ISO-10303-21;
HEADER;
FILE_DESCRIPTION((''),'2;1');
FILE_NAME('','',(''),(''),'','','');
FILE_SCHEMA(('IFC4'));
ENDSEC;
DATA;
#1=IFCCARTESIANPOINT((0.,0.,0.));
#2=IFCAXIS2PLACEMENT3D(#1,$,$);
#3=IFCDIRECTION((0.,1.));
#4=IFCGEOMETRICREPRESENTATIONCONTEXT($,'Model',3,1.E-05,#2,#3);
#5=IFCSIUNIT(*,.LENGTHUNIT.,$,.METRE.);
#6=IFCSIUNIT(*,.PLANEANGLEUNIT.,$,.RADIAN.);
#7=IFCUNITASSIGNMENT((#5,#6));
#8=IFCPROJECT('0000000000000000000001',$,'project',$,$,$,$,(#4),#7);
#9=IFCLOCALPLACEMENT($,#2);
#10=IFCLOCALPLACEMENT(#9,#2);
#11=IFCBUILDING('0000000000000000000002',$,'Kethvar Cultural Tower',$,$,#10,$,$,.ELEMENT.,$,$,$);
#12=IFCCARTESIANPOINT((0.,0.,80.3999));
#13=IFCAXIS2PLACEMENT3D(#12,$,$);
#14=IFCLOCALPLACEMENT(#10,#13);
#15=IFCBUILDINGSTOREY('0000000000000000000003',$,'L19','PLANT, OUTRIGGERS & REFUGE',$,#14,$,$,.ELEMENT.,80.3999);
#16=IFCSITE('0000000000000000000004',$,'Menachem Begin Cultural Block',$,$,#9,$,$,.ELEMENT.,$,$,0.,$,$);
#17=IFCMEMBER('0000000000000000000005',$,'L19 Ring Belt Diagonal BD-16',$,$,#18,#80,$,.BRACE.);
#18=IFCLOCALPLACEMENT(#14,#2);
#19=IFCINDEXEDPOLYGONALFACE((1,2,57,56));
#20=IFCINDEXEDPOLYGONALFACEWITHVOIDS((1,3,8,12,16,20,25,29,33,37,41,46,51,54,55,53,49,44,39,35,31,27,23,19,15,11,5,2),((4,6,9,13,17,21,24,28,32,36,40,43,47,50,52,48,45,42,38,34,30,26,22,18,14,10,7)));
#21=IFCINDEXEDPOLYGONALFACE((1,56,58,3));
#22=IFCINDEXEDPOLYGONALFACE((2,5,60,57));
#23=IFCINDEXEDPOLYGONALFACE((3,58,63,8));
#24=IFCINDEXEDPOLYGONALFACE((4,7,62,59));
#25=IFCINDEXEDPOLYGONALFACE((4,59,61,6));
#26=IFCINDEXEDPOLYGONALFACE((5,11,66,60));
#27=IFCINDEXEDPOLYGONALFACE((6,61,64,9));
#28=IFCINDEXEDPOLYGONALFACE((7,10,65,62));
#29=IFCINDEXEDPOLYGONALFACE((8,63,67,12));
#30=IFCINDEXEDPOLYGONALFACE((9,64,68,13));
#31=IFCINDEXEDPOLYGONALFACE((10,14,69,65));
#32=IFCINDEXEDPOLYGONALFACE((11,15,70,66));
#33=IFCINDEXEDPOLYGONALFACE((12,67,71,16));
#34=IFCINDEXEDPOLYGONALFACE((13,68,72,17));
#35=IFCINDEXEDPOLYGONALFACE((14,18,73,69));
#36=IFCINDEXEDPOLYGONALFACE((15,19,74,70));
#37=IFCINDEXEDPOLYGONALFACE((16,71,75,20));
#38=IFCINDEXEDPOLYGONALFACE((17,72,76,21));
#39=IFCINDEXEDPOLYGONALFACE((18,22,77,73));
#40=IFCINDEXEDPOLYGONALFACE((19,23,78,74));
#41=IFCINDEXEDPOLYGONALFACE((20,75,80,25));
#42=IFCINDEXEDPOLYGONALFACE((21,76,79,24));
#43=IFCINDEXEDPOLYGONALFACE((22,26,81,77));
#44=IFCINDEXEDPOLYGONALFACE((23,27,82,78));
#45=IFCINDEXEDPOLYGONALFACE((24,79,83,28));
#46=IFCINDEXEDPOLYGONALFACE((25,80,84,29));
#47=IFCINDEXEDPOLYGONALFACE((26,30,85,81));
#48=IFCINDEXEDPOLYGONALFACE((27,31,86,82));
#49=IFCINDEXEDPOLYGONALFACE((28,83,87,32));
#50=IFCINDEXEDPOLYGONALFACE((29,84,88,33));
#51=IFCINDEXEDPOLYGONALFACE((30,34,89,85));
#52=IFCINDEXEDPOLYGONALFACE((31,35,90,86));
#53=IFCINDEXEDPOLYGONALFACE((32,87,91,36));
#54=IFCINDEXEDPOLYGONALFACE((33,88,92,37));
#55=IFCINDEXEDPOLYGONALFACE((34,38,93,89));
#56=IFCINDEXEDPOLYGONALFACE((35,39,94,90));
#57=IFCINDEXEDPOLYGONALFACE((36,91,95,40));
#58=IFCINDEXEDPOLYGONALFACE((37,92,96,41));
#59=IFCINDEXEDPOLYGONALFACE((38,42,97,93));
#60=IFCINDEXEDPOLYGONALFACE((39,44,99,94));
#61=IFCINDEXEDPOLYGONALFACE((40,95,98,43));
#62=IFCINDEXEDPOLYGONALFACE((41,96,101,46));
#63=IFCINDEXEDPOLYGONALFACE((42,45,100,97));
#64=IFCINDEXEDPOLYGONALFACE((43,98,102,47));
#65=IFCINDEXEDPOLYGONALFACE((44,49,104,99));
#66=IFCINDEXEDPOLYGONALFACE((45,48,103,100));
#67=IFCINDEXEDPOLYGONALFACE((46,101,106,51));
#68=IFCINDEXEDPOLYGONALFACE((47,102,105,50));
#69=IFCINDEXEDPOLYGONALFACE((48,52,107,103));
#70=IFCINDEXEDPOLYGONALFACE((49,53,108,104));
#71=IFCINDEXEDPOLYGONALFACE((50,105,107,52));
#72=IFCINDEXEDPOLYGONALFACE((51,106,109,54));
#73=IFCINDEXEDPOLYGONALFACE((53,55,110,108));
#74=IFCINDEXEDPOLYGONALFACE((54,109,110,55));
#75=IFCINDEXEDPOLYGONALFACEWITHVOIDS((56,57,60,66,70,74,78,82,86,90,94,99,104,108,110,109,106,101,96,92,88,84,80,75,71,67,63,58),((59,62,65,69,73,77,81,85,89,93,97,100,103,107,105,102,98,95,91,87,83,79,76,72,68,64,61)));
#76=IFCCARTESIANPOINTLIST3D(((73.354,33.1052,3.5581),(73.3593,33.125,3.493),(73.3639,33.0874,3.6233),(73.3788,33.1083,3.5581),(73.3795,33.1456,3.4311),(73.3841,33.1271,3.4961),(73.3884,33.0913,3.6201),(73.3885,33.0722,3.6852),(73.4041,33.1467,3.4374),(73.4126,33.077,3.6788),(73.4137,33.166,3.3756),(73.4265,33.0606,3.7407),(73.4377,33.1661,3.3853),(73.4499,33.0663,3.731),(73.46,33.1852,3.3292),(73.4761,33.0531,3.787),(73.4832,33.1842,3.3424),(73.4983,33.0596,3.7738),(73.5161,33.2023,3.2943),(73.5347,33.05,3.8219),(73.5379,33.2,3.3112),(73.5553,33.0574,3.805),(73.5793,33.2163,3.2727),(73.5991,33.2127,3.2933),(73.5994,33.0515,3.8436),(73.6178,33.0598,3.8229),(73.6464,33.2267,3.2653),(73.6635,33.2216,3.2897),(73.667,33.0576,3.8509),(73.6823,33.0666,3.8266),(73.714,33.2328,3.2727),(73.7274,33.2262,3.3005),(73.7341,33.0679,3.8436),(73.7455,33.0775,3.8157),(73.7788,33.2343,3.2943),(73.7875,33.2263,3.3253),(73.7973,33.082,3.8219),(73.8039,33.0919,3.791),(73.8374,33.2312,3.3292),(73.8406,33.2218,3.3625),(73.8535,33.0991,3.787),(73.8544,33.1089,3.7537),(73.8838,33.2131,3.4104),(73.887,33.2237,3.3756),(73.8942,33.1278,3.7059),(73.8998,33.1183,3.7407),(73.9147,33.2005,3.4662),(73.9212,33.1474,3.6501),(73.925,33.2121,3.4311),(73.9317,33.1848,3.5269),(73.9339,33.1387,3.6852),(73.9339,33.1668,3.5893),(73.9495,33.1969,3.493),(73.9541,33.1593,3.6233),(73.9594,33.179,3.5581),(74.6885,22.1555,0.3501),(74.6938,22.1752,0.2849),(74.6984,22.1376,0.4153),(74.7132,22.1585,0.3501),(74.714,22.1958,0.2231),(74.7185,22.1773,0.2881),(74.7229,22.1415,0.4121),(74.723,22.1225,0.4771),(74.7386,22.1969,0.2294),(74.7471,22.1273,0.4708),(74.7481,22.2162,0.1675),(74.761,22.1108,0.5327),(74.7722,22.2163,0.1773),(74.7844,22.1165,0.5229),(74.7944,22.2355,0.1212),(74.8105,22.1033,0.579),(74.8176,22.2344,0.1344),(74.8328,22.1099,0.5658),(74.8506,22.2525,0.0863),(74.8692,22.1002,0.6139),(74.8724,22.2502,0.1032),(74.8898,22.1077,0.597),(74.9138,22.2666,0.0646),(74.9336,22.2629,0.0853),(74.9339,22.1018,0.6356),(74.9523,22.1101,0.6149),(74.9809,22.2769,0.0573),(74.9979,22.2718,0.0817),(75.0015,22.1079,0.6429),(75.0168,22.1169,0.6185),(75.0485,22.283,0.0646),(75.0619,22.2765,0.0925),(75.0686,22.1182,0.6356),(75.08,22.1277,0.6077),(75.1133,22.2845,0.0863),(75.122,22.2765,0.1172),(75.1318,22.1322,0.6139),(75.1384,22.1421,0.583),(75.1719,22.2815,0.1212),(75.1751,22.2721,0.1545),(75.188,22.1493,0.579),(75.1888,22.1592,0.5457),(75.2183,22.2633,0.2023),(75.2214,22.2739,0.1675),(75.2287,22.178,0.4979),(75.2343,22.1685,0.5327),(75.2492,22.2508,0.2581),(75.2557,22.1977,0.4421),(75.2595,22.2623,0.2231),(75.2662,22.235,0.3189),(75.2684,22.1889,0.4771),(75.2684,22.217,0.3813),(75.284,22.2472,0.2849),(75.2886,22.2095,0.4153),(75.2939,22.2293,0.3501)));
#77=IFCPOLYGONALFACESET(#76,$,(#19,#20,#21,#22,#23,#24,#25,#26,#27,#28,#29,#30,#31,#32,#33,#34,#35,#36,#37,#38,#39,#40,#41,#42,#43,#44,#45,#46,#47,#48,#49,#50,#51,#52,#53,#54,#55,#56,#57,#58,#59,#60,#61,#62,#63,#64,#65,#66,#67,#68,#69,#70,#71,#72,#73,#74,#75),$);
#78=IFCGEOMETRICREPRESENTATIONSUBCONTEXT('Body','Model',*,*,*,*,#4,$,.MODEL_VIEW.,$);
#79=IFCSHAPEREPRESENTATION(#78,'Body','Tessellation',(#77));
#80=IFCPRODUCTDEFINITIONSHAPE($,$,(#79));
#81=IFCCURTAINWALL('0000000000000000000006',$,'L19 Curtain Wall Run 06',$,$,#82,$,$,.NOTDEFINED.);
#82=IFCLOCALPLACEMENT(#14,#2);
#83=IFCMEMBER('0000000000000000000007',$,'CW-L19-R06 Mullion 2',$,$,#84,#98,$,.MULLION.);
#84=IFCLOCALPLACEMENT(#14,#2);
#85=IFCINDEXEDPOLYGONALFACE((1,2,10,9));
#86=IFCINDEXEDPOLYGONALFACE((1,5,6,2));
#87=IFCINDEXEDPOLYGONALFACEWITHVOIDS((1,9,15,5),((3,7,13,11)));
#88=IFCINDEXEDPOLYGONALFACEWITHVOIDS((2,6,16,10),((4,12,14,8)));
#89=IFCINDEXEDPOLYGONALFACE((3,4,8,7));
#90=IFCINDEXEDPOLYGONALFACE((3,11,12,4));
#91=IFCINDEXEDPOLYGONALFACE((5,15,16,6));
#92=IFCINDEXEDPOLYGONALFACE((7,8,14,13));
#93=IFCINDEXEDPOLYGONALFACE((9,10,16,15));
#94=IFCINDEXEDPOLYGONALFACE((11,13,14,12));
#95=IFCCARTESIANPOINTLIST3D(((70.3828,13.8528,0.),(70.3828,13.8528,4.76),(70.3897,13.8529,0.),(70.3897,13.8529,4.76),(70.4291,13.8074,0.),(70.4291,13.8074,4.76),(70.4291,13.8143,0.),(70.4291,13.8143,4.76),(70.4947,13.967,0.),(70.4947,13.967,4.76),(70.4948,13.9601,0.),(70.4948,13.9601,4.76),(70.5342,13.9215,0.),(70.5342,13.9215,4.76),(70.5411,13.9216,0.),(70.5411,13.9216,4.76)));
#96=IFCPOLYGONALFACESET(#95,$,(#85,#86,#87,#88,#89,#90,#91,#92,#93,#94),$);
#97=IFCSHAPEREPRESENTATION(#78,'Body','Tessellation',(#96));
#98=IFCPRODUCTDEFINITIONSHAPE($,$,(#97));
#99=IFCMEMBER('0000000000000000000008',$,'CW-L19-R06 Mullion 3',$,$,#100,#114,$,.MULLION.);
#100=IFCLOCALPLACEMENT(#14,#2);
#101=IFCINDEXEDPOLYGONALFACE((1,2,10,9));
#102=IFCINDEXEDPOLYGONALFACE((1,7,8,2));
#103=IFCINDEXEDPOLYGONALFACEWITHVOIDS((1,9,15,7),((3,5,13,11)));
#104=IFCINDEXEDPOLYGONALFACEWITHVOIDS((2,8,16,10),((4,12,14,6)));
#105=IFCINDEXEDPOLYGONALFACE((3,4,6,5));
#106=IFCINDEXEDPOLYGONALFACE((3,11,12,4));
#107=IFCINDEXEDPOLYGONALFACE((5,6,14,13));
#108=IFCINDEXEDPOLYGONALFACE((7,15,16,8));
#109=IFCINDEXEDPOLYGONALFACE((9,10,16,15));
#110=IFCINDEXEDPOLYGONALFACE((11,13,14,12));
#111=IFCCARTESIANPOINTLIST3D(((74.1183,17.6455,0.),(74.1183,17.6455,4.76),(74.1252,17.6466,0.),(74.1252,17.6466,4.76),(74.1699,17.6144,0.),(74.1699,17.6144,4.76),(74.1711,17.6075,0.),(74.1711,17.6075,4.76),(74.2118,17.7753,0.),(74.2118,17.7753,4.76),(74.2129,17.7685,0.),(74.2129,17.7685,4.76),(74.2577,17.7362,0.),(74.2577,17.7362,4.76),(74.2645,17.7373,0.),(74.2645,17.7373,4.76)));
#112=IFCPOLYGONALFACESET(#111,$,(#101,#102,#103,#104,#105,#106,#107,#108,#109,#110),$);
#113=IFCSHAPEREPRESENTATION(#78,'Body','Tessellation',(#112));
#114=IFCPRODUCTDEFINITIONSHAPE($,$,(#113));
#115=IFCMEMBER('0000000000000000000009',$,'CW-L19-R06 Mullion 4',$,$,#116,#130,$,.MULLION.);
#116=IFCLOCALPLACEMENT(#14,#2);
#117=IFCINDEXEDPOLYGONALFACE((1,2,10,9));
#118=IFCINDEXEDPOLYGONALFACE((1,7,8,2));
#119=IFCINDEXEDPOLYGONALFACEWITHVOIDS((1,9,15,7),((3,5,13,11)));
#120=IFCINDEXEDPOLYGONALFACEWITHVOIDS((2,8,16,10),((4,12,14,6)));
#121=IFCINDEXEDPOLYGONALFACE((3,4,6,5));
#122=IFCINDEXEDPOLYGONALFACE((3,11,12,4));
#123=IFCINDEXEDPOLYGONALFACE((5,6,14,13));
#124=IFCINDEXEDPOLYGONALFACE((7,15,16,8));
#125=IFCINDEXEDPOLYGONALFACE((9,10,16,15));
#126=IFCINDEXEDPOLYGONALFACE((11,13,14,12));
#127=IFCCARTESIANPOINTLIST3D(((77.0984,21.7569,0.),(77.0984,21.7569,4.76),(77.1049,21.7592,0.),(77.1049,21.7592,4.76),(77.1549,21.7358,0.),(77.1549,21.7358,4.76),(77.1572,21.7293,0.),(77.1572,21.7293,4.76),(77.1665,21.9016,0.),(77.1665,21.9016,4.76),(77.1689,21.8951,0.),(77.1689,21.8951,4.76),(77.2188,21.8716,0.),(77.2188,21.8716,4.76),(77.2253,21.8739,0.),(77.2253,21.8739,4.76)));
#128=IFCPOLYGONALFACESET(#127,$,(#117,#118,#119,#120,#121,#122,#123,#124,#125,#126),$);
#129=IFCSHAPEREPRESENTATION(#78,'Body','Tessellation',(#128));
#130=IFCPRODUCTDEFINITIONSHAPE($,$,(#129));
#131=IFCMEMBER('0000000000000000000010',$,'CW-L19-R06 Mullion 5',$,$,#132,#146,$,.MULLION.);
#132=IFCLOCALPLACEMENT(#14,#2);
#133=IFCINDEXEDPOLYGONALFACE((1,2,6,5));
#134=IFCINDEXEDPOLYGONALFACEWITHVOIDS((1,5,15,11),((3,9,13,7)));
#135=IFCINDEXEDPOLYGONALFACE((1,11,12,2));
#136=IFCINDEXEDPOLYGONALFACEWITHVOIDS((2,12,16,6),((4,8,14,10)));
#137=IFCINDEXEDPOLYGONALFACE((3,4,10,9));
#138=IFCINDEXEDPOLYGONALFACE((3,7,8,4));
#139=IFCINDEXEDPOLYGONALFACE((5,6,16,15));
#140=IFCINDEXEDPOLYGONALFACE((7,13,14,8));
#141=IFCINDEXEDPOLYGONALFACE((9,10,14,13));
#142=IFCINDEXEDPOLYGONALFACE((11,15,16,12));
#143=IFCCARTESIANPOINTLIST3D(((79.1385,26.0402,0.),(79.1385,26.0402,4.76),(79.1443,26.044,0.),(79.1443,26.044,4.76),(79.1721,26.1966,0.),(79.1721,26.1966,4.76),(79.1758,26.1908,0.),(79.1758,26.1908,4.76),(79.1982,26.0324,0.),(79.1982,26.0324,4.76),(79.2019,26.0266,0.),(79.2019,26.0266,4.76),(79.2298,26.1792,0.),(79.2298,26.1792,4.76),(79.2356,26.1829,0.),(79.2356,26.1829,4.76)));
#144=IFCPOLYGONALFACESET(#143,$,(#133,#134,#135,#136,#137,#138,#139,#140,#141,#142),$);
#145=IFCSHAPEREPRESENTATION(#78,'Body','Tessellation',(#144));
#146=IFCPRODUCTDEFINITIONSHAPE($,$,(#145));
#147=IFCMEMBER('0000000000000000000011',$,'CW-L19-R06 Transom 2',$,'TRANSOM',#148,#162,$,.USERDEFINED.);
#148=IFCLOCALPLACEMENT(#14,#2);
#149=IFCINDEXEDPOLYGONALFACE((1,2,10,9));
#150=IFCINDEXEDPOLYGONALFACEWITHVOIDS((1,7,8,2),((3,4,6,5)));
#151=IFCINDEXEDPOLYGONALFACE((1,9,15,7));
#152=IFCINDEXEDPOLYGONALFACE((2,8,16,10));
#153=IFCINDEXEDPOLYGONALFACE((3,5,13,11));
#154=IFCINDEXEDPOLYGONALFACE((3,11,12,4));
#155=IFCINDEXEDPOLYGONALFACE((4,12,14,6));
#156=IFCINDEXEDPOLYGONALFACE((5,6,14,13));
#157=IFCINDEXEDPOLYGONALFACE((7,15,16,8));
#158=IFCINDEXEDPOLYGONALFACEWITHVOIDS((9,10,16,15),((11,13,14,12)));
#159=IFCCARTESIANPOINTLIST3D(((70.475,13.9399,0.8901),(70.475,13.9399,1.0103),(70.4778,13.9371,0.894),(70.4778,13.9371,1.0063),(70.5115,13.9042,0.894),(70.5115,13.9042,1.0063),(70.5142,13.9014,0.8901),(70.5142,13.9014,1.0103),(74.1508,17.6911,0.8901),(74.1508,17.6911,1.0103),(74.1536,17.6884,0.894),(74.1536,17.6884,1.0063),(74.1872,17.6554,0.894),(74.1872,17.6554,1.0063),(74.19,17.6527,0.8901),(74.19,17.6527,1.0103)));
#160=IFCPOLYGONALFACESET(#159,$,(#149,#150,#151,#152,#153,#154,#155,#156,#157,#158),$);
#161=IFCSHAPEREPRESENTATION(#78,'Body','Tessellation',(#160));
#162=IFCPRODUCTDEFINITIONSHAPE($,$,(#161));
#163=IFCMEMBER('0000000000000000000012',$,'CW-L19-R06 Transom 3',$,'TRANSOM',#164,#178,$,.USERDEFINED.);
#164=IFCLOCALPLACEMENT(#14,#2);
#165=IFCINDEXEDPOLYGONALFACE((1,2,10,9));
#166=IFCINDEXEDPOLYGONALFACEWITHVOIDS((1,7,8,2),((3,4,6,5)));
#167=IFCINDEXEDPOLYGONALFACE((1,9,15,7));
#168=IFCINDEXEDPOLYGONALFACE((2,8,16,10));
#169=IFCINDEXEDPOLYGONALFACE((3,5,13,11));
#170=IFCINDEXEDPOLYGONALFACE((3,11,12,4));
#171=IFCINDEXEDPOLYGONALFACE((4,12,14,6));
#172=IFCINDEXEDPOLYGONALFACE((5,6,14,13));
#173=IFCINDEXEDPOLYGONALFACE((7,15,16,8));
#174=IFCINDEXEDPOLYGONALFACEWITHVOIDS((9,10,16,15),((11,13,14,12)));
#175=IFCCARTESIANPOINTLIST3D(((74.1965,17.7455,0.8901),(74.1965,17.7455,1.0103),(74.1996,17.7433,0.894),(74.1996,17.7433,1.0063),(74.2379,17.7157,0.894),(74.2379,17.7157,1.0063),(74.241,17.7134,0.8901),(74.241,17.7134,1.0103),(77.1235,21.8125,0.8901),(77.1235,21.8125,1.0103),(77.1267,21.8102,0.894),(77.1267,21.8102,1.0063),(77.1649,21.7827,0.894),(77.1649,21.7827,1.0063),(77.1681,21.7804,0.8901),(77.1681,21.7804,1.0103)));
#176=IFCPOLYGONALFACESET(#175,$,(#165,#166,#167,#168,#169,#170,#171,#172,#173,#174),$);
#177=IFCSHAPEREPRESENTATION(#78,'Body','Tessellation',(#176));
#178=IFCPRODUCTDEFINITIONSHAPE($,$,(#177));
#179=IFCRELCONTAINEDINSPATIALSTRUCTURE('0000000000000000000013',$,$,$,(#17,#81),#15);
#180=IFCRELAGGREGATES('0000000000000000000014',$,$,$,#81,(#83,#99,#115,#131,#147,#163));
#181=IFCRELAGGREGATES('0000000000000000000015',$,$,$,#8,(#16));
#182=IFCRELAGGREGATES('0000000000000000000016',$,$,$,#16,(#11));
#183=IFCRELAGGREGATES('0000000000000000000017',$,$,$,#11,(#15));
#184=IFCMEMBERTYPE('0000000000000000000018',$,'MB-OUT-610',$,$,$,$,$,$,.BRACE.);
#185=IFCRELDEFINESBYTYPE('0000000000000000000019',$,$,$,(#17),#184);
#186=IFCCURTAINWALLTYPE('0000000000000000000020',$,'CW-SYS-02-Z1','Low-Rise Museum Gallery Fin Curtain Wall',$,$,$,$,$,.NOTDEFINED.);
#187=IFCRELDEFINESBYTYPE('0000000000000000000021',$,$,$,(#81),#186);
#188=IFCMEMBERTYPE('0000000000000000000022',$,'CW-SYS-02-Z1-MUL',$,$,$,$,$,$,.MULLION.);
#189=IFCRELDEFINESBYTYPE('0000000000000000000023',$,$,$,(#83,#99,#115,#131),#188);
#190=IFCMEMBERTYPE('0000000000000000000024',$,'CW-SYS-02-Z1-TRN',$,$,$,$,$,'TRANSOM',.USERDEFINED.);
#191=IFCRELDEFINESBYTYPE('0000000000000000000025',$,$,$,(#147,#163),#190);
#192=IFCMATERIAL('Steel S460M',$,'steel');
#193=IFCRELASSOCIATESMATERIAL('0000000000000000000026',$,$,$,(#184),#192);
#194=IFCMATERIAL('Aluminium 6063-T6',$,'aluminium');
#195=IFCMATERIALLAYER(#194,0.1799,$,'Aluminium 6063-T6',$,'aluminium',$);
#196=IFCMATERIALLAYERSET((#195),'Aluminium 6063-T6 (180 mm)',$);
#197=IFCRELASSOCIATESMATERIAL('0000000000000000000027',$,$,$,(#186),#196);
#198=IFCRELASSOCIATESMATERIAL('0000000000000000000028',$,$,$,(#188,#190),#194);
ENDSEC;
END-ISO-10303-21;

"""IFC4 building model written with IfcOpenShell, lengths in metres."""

from ifc_helpers import new_model, si_unit, direction, frame, origin, origin_2d, place, context, subcontext, project, spatial, hollow_rectangle, hollow_circle, extrude, source, transform, mapped, material, layer, layer_set, material_profile, profile_set, type_object, element, aggregate, save


model = new_model("IFC4")

# Units and contexts
model_context = context("Model", 3, precision=1e-05, world=origin(), true_north=direction((0.0, 1.0)))
body_context = subcontext(model_context, "Body", "Model", "MODEL_VIEW")
ifc_project = project(units=[si_unit("LENGTHUNIT", "METRE"), si_unit("PLANEANGLEUNIT", "RADIAN")], contexts=[model_context])

# Site, building, storey
site_placement = place(None, origin())
site = spatial("IfcSite", under=ifc_project, at=site_placement, Name="Menachem Begin Cultural Block", CompositionType="ELEMENT", RefElevation=0.0)
building_placement = place(site_placement, origin())
building = spatial("IfcBuilding", under=site, at=building_placement, Name="Kethvar Cultural Tower", CompositionType="ELEMENT")
storey_placement = place(building_placement, frame((0.0, 0.0, 80.3999)))
storey = spatial("IfcBuildingStorey", under=building, at=storey_placement, Name="L19", Description="PLANT, OUTRIGGERS & REFUGE", CompositionType="ELEMENT", Elevation=80.3999)

# Shared definitions
ifc_material_1 = material(Name="Steel S460M", Category="steel")

# Shared definitions
ifc_material_profile_1 = material_profile(ifc_material_1, hollow_circle(Radius=0.3049, WallThickness=0.0249, at=origin_2d()), Name="Steel S460M — CHS610x25")
ifc_profile_set_1 = profile_set([ifc_material_profile_1], Name="Steel S460M — CHS610x25")
member_type_1 = type_object("IfcMemberType", Name="MB-OUT-610", PredefinedType="BRACE", material=ifc_profile_set_1)

# Member
shared_shape_1 = source(origin(), body_context, "Body", "SweptSolid", [
    extrude(hollow_circle(Radius=0.3049, WallThickness=0.0249, at=origin_2d()), origin(), (0.0, 0.0, 1.0), 11.4878),
])
member_1_placement = place(storey_placement, frame((74.9912, 22.1924, 0.3501), z_axis=(-0.116165, 0.953164, 0.279255), x_axis=(-0.992655, -0.120978, 0.0)))
element("IfcMember", 1, at=member_1_placement, inside=storey, type_object=member_type_1, Name="L19 Ring Belt Diagonal BD-16", PredefinedType="BRACE", context=body_context, shape_type="MappedRepresentation", body=[
    mapped(shared_shape_1, transform((0.0, 0.0, 0.0), scale=1.0)),
])

# Curtain wall, members
ifc_material_2 = material(Name="Aluminium 6063-T6", Category="aluminium")
ifc_layer_1 = layer(ifc_material_2, 0.1799, Name="Aluminium 6063-T6", Category="aluminium")
ifc_layer_set_1 = layer_set([ifc_layer_1], Name="Aluminium 6063-T6 (180 mm)")
curtain_wall_type = type_object("IfcCurtainWallType", Name="CW-SYS-02-Z1", Description="Low-Rise Museum Gallery Fin Curtain Wall", PredefinedType="NOTDEFINED", material=ifc_layer_set_1)
curtain_wall_placement = place(storey_placement, origin())
curtain_wall = element("IfcCurtainWall", 2, at=curtain_wall_placement, inside=storey, type_object=curtain_wall_type, Name="L19 Curtain Wall Run 06", PredefinedType="NOTDEFINED")
ifc_material_profile_2 = material_profile(ifc_material_2, hollow_rectangle(XDim=0.0649, YDim=0.1599, WallThickness=0.0049, at=origin_2d()), Name="Aluminium 6063-T6 — RHS160x65x5")
ifc_profile_set_2 = profile_set([ifc_material_profile_2], Name="Aluminium 6063-T6 — RHS160x65x5")
member_type_2 = type_object("IfcMemberType", Name="CW-SYS-02-Z1-MUL", PredefinedType="MULLION", material=ifc_profile_set_2)
shared_shape_2 = source(origin(), body_context, "Body", "SweptSolid", [
    extrude(hollow_rectangle(XDim=0.0649, YDim=0.1599, WallThickness=0.0049, at=origin_2d()), origin(), (0.0, 0.0, 1.0), 4.76),
])
member_2_placement = place(storey_placement, frame((70.4619, 13.8872, 0.0), z_axis=(0.0, 0.0, 1.0), x_axis=(-0.714265, 0.699875, 0.0)))
member_2 = element("IfcMember", 3, at=member_2_placement, type_object=member_type_2, Name="CW-L19-R06 Mullion 2", PredefinedType="MULLION", context=body_context, shape_type="MappedRepresentation", body=[
    mapped(shared_shape_2, transform((0.0, 0.0, 0.0), scale=1.0)),
])
member_3_placement = place(storey_placement, frame((74.1914, 17.6914, 0.0), z_axis=(0.0, 0.0, 1.0), x_axis=(-0.811656, 0.584136, 0.0)))
member_3 = element("IfcMember", 4, at=member_3_placement, type_object=member_type_2, Name="CW-L19-R06 Mullion 3", PredefinedType="MULLION", context=body_context, shape_type="MappedRepresentation", body=[
    mapped(shared_shape_2, transform((0.0, 0.0, 0.0), scale=1.0)),
])
member_4_placement = place(storey_placement, frame((77.1619, 21.8154, 0.0), z_axis=(0.0, 0.0, 1.0), x_axis=(-0.90482, 0.425795, 0.0)))
member_4 = element("IfcMember", 5, at=member_4_placement, type_object=member_type_2, Name="CW-L19-R06 Mullion 4", PredefinedType="MULLION", context=body_context, shape_type="MappedRepresentation", body=[
    mapped(shared_shape_2, transform((0.0, 0.0, 0.0), scale=1.0)),
])
member_5_placement = place(storey_placement, frame((79.187, 26.1116, 0.0), z_axis=(0.0, 0.0, 1.0), x_axis=(-0.977633, 0.210318, 0.0)))
member_5 = element("IfcMember", 6, at=member_5_placement, type_object=member_type_2, Name="CW-L19-R06 Mullion 5", PredefinedType="MULLION", context=body_context, shape_type="MappedRepresentation", body=[
    mapped(shared_shape_2, transform((0.0, 0.0, 0.0), scale=1.0)),
])
ifc_material_profile_3 = material_profile(ifc_material_2, hollow_rectangle(XDim=0.0549, YDim=0.1201, WallThickness=0.0039, at=origin_2d()), Name="Aluminium 6063-T6 — RHS120x55x4")
ifc_profile_set_3 = profile_set([ifc_material_profile_3], Name="Aluminium 6063-T6 — RHS120x55x4")
member_type_3 = type_object("IfcMemberType", Name="CW-SYS-02-Z1-TRN", ElementType="TRANSOM", PredefinedType="USERDEFINED", material=ifc_profile_set_3)
shared_shape_3 = source(origin(), body_context, "Body", "SweptSolid", [
    extrude(hollow_rectangle(XDim=0.0549, YDim=0.1201, WallThickness=0.0039, at=origin_2d()), origin(), (0.0, 0.0, 1.0), 5.252),
])
member_6_placement = place(storey_placement, frame((70.4946, 13.9207, 0.9502), z_axis=(0.699888, 0.714252, 0.0), x_axis=(-0.714252, 0.699888, 0.0)))
member_6 = element("IfcMember", 7, at=member_6_placement, type_object=member_type_3, Name="CW-L19-R06 Transom 2", ObjectType="TRANSOM", PredefinedType="USERDEFINED", context=body_context, shape_type="MappedRepresentation", body=[
    mapped(shared_shape_3, transform((0.0, 0.0, 0.0), scale=1.0)),
])
shared_shape_4 = source(origin(), body_context, "Body", "SweptSolid", [
    extrude(hollow_rectangle(XDim=0.0549, YDim=0.1201, WallThickness=0.0039, at=origin_2d()), origin(), (0.0, 0.0, 1.0), 5.0107),
])
member_7_placement = place(storey_placement, frame((74.2188, 17.7295, 0.9502), z_axis=(0.584152, 0.811644, 0.0), x_axis=(-0.811644, 0.584152, 0.0)))
member_7 = element("IfcMember", 8, at=member_7_placement, type_object=member_type_3, Name="CW-L19-R06 Transom 3", ObjectType="TRANSOM", PredefinedType="USERDEFINED", context=body_context, shape_type="MappedRepresentation", body=[
    mapped(shared_shape_4, transform((0.0, 0.0, 0.0), scale=1.0)),
])

aggregate(curtain_wall, [member_2, member_3, member_4, member_5, member_6, member_7])

save(model, "model.ifc")
